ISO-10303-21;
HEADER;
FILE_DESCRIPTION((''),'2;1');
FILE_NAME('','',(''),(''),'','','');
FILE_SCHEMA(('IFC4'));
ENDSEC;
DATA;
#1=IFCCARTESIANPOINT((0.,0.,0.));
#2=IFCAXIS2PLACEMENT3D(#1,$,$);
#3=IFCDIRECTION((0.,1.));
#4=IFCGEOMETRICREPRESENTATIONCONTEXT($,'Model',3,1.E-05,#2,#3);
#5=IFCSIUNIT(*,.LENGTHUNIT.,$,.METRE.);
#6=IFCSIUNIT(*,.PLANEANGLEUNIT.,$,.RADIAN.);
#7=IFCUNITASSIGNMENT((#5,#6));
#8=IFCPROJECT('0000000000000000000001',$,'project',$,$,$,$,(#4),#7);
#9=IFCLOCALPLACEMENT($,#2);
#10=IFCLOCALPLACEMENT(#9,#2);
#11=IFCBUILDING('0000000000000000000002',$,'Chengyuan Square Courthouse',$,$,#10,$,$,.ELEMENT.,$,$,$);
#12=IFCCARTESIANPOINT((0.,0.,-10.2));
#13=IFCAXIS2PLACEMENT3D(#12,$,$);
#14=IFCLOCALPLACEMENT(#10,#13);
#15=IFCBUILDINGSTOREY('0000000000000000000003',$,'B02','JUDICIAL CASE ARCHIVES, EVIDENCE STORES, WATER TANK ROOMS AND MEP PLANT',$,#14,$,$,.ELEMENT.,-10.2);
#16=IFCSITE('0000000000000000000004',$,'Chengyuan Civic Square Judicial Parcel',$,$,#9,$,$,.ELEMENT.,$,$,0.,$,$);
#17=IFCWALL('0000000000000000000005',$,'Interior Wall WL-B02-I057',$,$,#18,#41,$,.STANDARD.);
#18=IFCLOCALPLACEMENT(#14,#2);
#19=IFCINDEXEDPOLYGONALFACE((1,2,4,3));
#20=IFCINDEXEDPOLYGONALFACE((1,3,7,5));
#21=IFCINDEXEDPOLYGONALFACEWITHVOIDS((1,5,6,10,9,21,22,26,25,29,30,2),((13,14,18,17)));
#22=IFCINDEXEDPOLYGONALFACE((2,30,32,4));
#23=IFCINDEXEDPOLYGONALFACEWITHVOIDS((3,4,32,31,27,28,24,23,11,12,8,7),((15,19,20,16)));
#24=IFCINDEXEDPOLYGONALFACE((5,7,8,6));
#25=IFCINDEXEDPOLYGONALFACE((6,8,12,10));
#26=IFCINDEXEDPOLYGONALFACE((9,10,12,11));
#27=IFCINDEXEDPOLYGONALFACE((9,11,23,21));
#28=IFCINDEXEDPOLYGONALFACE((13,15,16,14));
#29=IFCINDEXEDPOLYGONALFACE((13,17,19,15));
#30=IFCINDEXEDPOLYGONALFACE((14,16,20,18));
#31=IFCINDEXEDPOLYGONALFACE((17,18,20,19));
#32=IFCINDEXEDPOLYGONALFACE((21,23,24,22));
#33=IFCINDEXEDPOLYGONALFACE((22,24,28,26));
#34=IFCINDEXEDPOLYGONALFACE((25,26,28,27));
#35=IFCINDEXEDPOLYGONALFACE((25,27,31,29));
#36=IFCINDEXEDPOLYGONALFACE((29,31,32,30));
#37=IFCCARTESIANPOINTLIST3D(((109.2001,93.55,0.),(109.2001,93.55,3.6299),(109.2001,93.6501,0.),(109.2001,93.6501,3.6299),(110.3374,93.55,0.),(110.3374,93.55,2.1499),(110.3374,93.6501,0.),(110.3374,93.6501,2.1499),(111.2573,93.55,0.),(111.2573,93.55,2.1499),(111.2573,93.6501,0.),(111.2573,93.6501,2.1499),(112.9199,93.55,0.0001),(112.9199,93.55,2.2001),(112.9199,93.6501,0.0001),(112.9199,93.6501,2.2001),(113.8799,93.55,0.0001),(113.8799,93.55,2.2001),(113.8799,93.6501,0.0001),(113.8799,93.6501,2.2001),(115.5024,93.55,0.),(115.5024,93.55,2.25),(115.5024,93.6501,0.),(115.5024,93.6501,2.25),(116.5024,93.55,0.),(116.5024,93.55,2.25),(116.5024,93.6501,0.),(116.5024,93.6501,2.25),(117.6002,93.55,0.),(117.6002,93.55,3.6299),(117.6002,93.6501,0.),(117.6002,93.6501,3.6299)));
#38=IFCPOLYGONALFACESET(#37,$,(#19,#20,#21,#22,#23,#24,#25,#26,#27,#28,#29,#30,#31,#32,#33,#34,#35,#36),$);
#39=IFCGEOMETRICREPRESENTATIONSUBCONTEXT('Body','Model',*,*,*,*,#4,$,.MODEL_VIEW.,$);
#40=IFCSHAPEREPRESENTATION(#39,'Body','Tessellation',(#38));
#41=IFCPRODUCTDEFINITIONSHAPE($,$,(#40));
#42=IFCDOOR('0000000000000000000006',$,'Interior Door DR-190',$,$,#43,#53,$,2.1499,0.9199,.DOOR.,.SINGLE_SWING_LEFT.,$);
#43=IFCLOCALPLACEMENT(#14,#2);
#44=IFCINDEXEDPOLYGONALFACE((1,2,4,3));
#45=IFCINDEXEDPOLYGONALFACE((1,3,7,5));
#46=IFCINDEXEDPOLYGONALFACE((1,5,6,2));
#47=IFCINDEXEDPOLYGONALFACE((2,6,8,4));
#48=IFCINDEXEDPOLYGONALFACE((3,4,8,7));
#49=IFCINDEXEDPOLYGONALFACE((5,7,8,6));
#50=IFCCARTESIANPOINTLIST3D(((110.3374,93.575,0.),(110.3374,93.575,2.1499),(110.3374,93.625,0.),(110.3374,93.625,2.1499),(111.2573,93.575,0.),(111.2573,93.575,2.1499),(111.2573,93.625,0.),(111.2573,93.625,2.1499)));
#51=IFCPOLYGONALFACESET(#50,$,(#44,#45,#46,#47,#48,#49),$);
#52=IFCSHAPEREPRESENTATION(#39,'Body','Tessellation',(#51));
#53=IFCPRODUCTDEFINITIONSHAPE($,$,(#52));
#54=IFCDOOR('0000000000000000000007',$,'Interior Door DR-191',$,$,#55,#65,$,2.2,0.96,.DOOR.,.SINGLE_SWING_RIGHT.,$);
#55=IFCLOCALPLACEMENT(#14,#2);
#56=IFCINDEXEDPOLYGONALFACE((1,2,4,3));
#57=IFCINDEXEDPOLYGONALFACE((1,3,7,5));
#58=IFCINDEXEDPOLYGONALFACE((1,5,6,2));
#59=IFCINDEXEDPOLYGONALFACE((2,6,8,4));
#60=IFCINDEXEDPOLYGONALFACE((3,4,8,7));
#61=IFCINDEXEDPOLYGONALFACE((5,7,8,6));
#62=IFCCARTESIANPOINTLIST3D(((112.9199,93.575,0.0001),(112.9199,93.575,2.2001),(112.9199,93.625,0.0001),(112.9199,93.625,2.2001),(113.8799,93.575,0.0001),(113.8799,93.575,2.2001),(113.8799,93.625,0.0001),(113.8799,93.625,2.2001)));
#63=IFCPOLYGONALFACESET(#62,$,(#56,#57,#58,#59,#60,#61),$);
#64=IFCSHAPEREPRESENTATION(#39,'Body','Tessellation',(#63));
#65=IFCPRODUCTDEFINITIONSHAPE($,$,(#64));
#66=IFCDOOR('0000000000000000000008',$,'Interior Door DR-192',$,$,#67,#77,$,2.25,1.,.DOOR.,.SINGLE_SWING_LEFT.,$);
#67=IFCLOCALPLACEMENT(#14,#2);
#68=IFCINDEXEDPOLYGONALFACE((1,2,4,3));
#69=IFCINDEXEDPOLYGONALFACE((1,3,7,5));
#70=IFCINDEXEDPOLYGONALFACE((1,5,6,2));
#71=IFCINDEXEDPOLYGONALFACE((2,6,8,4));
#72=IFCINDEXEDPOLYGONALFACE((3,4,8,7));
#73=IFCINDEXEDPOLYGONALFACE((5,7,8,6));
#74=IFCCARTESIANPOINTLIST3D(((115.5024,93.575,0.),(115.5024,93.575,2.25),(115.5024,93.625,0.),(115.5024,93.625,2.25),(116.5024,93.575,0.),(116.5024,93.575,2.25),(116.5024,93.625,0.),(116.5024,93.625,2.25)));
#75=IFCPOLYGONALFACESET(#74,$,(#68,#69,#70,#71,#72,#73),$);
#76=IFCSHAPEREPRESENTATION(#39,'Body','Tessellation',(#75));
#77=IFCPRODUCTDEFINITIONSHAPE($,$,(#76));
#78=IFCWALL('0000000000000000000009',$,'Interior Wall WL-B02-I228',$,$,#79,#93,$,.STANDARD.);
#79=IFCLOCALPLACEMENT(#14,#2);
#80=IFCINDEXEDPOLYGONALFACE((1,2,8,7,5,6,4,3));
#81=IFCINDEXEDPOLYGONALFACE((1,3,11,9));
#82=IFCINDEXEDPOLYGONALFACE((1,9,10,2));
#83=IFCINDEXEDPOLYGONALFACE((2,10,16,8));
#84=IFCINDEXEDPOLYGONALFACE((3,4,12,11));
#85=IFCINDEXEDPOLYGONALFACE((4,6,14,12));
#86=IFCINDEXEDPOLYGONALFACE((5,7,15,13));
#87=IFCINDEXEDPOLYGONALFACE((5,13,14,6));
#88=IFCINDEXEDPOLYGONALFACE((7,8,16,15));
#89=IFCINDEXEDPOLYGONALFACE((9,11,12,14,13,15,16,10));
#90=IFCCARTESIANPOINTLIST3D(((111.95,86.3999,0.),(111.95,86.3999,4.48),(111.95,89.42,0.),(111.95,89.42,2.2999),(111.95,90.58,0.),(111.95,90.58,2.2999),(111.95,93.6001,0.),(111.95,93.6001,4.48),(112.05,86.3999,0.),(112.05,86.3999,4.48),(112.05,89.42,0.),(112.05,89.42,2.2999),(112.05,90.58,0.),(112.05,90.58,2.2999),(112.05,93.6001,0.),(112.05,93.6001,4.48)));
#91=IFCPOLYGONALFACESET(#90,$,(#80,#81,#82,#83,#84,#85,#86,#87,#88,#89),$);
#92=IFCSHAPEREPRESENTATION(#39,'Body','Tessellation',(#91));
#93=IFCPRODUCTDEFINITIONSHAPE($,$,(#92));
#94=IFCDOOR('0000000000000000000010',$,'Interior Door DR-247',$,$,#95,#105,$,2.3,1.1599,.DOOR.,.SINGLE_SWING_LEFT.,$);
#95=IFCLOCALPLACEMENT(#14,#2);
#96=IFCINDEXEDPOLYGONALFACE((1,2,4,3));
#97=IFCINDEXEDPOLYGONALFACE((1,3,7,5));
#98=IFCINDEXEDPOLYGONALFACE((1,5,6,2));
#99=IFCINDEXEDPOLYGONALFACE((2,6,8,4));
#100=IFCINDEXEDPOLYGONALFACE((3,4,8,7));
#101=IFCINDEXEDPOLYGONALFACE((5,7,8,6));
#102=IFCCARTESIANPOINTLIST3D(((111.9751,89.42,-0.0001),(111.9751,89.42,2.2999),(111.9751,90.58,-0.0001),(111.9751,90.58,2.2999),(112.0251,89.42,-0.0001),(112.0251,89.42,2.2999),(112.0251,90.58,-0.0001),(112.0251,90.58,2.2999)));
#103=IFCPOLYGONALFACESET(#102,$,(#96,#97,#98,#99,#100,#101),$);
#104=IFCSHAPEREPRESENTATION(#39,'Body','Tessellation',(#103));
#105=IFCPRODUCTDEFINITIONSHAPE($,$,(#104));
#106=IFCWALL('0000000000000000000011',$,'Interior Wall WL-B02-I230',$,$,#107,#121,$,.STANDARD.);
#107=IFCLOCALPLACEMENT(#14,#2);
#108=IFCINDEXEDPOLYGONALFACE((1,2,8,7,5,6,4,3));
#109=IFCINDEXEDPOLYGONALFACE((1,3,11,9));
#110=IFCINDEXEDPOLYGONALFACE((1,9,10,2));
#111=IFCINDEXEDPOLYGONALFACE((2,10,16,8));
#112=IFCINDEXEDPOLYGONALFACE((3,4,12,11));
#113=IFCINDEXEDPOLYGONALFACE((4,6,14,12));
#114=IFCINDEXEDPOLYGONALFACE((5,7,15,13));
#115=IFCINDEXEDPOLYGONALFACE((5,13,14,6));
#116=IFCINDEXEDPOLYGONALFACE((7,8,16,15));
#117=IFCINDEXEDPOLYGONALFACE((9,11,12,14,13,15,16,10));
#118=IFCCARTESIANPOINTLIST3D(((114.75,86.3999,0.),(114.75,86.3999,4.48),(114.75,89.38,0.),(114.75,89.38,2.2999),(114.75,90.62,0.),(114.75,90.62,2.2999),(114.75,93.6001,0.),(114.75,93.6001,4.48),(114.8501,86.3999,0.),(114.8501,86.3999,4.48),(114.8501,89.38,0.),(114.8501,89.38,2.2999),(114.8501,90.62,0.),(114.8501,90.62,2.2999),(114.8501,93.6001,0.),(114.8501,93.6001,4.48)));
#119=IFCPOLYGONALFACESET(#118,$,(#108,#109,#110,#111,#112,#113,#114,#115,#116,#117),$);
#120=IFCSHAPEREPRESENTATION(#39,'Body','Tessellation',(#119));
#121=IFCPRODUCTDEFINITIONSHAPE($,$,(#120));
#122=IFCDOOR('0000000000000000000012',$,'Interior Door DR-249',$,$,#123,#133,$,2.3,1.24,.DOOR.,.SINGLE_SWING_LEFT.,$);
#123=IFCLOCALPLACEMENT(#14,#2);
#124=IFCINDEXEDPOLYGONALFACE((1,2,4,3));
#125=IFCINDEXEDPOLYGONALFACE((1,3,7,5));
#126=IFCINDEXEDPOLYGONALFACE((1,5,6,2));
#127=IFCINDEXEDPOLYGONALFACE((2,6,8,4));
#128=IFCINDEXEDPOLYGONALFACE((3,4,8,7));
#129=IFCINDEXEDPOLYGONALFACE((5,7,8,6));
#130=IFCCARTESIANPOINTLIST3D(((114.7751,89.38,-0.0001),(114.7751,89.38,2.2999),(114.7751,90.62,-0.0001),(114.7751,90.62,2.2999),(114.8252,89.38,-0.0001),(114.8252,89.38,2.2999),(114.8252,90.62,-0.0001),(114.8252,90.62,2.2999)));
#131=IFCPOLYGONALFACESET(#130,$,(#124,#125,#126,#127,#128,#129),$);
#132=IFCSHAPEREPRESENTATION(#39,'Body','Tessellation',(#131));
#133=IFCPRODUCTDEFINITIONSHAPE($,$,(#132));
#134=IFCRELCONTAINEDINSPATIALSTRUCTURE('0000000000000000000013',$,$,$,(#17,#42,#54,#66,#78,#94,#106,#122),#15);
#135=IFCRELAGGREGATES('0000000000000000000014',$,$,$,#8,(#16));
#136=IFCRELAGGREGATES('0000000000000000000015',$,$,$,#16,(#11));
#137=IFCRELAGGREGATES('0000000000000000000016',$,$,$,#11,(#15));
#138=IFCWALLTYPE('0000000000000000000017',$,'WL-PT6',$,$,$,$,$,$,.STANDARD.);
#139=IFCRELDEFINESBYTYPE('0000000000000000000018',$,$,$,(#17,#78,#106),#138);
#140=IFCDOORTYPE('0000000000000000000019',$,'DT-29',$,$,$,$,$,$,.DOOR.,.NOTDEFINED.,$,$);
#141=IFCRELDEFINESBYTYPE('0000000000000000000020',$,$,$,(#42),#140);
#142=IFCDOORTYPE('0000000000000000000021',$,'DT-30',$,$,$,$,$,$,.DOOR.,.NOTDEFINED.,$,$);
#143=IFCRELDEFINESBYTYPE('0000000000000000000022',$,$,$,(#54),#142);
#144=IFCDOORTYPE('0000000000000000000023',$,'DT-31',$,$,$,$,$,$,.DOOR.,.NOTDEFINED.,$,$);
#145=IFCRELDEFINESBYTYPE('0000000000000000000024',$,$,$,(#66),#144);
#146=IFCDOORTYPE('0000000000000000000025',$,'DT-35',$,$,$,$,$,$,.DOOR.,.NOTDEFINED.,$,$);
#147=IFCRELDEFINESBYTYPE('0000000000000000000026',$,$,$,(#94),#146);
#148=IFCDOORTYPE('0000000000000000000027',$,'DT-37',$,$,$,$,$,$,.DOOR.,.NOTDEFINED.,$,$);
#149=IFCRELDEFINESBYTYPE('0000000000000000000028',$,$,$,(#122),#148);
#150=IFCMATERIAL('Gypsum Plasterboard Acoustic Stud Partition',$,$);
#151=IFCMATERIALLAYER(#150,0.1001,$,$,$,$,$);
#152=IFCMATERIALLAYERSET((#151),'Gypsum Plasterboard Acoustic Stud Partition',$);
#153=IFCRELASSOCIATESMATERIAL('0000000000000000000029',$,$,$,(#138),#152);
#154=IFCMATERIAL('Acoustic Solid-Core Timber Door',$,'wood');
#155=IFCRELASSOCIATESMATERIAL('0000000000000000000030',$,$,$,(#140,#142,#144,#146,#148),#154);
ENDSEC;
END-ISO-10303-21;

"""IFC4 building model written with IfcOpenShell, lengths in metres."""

from ifc_helpers import new_model, si_unit, direction, frame, frame_2d, origin, place, context, subcontext, project, spatial, rectangle, extrude, material, layer, layer_set, type_object, element, fill, save


model = new_model("IFC4")

# Units and contexts
model_context = context("Model", 3, precision=1e-05, world=origin(), true_north=direction((0.0, 1.0)))
body_context = subcontext(model_context, "Body", "Model", "MODEL_VIEW")
ifc_project = project(units=[si_unit("LENGTHUNIT", "METRE"), si_unit("PLANEANGLEUNIT", "RADIAN")], contexts=[model_context])

# Site, building, storey
site_placement = place(None, origin())
site = spatial("IfcSite", under=ifc_project, at=site_placement, Name="Chengyuan Civic Square Judicial Parcel", CompositionType="ELEMENT", RefElevation=0.0)
building_placement = place(site_placement, origin())
building = spatial("IfcBuilding", under=site, at=building_placement, Name="Chengyuan Square Courthouse", CompositionType="ELEMENT")
storey_placement = place(building_placement, frame((0.0, 0.0, -10.2)))
storey = spatial("IfcBuildingStorey", under=building, at=storey_placement, Name="B02", Description="JUDICIAL CASE ARCHIVES, EVIDENCE STORES, WATER TANK ROOMS AND MEP PLANT", CompositionType="ELEMENT", Elevation=-10.2)

# Wall, openings, doors
ifc_material_1 = material(Name="Gypsum Plasterboard Acoustic Stud Partition")
ifc_layer = layer(ifc_material_1, 0.1001)
ifc_layer_set = layer_set([ifc_layer], Name="Gypsum Plasterboard Acoustic Stud Partition")
wall_type = type_object("IfcWallType", Name="WL-PT6", PredefinedType="STANDARD", material=ifc_layer_set)
wall_1_placement = place(storey_placement, frame((109.2, 93.6001, 0.0), z_axis=(0.0, 0.0, 1.0), x_axis=(1.0, 0.0, 0.0)))
wall_1 = element("IfcWall", 1, at=wall_1_placement, inside=storey, type_object=wall_type, Name="Interior Wall WL-B02-I057", PredefinedType="STANDARD", context=body_context, shape_type="SweptSolid", body=[
    extrude(rectangle(XDim=8.4001, YDim=0.1001, at=frame_2d((4.2002, 0.0))), origin(), (0.0, 0.0, 1.0), 3.6299),
])
opening_1_placement = place(wall_1_placement, frame((1.1375, 0.0, 0.0)))
opening_1 = element("IfcOpeningElement", 2, at=opening_1_placement, cuts=wall_1, PredefinedType="OPENING", context=body_context, shape_type="SweptSolid", body=[
    extrude(rectangle(XDim=0.9199, YDim=2.1499, at=frame_2d((0.46, 1.075))), frame((0.0, 0.062, 0.0), z_axis=(0.0, -1.0, 0.0), x_axis=(1.0, 0.0, 0.0)), (0.0, 0.0, 1.0), 0.124),
])
opening_2_placement = place(wall_1_placement, frame((3.72, 0.0, 0.0)))
opening_2 = element("IfcOpeningElement", 3, at=opening_2_placement, cuts=wall_1, PredefinedType="OPENING", context=body_context, shape_type="SweptSolid", body=[
    extrude(rectangle(XDim=0.96, YDim=2.2, at=frame_2d((0.48, 1.1001))), frame((0.0, 0.062, 0.0), z_axis=(0.0, -1.0, 0.0), x_axis=(1.0, 0.0, 0.0)), (0.0, 0.0, 1.0), 0.124),
])
opening_3_placement = place(wall_1_placement, frame((6.3025, 0.0, 0.0)))
opening_3 = element("IfcOpeningElement", 4, at=opening_3_placement, cuts=wall_1, PredefinedType="OPENING", context=body_context, shape_type="SweptSolid", body=[
    extrude(rectangle(XDim=1.0, YDim=2.25, at=frame_2d((0.5, 1.125))), frame((0.0, 0.062, 0.0), z_axis=(0.0, -1.0, 0.0), x_axis=(1.0, 0.0, 0.0)), (0.0, 0.0, 1.0), 0.124),
])
ifc_material_2 = material(Name="Acoustic Solid-Core Timber Door", Category="wood")
door_type_1 = type_object("IfcDoorType", Name="DT-29", OperationType="NOTDEFINED", PredefinedType="DOOR", material=ifc_material_2)
door_1_placement = place(opening_1_placement, origin())
door_1 = element("IfcDoor", 5, at=door_1_placement, inside=storey, type_object=door_type_1, Name="Interior Door DR-190", OperationType="SINGLE_SWING_LEFT", OverallHeight=2.1499, OverallWidth=0.9199, PredefinedType="DOOR", context=body_context, shape_type="SweptSolid", body=[
    extrude(rectangle(XDim=0.9199, YDim=2.1499, at=frame_2d((0.46, 1.075))), frame((0.0, 0.0249, 0.0), z_axis=(0.0, -1.0, 0.0), x_axis=(1.0, 0.0, 0.0)), (0.0, 0.0, 1.0), 0.05),
])
fill(opening_1, door_1)
door_type_2 = type_object("IfcDoorType", Name="DT-30", OperationType="NOTDEFINED", PredefinedType="DOOR", material=ifc_material_2)
door_2_placement = place(opening_2_placement, origin())
door_2 = element("IfcDoor", 6, at=door_2_placement, inside=storey, type_object=door_type_2, Name="Interior Door DR-191", OperationType="SINGLE_SWING_RIGHT", OverallHeight=2.2, OverallWidth=0.96, PredefinedType="DOOR", context=body_context, shape_type="SweptSolid", body=[
    extrude(rectangle(XDim=0.96, YDim=2.2, at=frame_2d((0.48, 1.1001))), frame((0.0, 0.0249, 0.0), z_axis=(0.0, -1.0, 0.0), x_axis=(1.0, 0.0, 0.0)), (0.0, 0.0, 1.0), 0.05),
])
fill(opening_2, door_2)
door_type_3 = type_object("IfcDoorType", Name="DT-31", OperationType="NOTDEFINED", PredefinedType="DOOR", material=ifc_material_2)
door_3_placement = place(opening_3_placement, origin())
door_3 = element("IfcDoor", 7, at=door_3_placement, inside=storey, type_object=door_type_3, Name="Interior Door DR-192", OperationType="SINGLE_SWING_LEFT", OverallHeight=2.25, OverallWidth=1.0, PredefinedType="DOOR", context=body_context, shape_type="SweptSolid", body=[
    extrude(rectangle(XDim=1.0, YDim=2.25, at=frame_2d((0.5, 1.125))), frame((0.0, 0.0249, 0.0), z_axis=(0.0, -1.0, 0.0), x_axis=(1.0, 0.0, 0.0)), (0.0, 0.0, 1.0), 0.05),
])
fill(opening_3, door_3)

# Walls, openings, doors
wall_2_placement = place(storey_placement, frame((112.0, 86.3999, 0.0), z_axis=(0.0, 0.0, 1.0), x_axis=(0.0, 1.0, 0.0)))
wall_2 = element("IfcWall", 8, at=wall_2_placement, inside=storey, type_object=wall_type, Name="Interior Wall WL-B02-I228", PredefinedType="STANDARD", context=body_context, shape_type="SweptSolid", body=[
    extrude(rectangle(XDim=7.2002, YDim=0.1001, at=frame_2d((3.6001, 0.0))), origin(), (0.0, 0.0, 1.0), 4.48),
])
opening_4_placement = place(wall_2_placement, frame((3.02, 0.0, 0.0)))
opening_4 = element("IfcOpeningElement", 9, at=opening_4_placement, cuts=wall_2, PredefinedType="OPENING", context=body_context, shape_type="SweptSolid", body=[
    extrude(rectangle(XDim=1.1599, YDim=2.3, at=frame_2d((0.5801, 1.1499))), frame((0.0, 0.062, 0.0), z_axis=(0.0, -1.0, 0.0), x_axis=(1.0, 0.0, 0.0)), (0.0, 0.0, 1.0), 0.124),
])
door_type_4 = type_object("IfcDoorType", Name="DT-35", OperationType="NOTDEFINED", PredefinedType="DOOR", material=ifc_material_2)
door_4_placement = place(opening_4_placement, origin())
door_4 = element("IfcDoor", 10, at=door_4_placement, inside=storey, type_object=door_type_4, Name="Interior Door DR-247", OperationType="SINGLE_SWING_LEFT", OverallHeight=2.3, OverallWidth=1.1599, PredefinedType="DOOR", context=body_context, shape_type="SweptSolid", body=[
    extrude(rectangle(XDim=1.1599, YDim=2.3, at=frame_2d((0.5801, 1.1499))), frame((0.0, 0.0249, 0.0), z_axis=(0.0, -1.0, 0.0), x_axis=(1.0, 0.0, 0.0)), (0.0, 0.0, 1.0), 0.05),
])
fill(opening_4, door_4)
wall_3_placement = place(storey_placement, frame((114.8, 86.3999, 0.0), z_axis=(0.0, 0.0, 1.0), x_axis=(0.0, 1.0, 0.0)))
wall_3 = element("IfcWall", 11, at=wall_3_placement, inside=storey, type_object=wall_type, Name="Interior Wall WL-B02-I230", PredefinedType="STANDARD", context=body_context, shape_type="SweptSolid", body=[
    extrude(rectangle(XDim=7.2002, YDim=0.1001, at=frame_2d((3.6001, 0.0))), origin(), (0.0, 0.0, 1.0), 4.48),
])
opening_5_placement = place(wall_3_placement, frame((2.98, 0.0, 0.0)))
opening_5 = element("IfcOpeningElement", 12, at=opening_5_placement, cuts=wall_3, PredefinedType="OPENING", context=body_context, shape_type="SweptSolid", body=[
    extrude(rectangle(XDim=1.24, YDim=2.3, at=frame_2d((0.6201, 1.1499))), frame((0.0, 0.062, 0.0), z_axis=(0.0, -1.0, 0.0), x_axis=(1.0, 0.0, 0.0)), (0.0, 0.0, 1.0), 0.124),
])
door_type_5 = type_object("IfcDoorType", Name="DT-37", OperationType="NOTDEFINED", PredefinedType="DOOR", material=ifc_material_2)
door_5_placement = place(opening_5_placement, origin())
door_5 = element("IfcDoor", 13, at=door_5_placement, inside=storey, type_object=door_type_5, Name="Interior Door DR-249", OperationType="SINGLE_SWING_LEFT", OverallHeight=2.3, OverallWidth=1.24, PredefinedType="DOOR", context=body_context, shape_type="SweptSolid", body=[
    extrude(rectangle(XDim=1.24, YDim=2.3, at=frame_2d((0.6201, 1.1499))), frame((0.0, 0.0249, 0.0), z_axis=(0.0, -1.0, 0.0), x_axis=(1.0, 0.0, 0.0)), (0.0, 0.0, 1.0), 0.05),
])
fill(opening_5, door_5)

save(model, "model.ifc")
